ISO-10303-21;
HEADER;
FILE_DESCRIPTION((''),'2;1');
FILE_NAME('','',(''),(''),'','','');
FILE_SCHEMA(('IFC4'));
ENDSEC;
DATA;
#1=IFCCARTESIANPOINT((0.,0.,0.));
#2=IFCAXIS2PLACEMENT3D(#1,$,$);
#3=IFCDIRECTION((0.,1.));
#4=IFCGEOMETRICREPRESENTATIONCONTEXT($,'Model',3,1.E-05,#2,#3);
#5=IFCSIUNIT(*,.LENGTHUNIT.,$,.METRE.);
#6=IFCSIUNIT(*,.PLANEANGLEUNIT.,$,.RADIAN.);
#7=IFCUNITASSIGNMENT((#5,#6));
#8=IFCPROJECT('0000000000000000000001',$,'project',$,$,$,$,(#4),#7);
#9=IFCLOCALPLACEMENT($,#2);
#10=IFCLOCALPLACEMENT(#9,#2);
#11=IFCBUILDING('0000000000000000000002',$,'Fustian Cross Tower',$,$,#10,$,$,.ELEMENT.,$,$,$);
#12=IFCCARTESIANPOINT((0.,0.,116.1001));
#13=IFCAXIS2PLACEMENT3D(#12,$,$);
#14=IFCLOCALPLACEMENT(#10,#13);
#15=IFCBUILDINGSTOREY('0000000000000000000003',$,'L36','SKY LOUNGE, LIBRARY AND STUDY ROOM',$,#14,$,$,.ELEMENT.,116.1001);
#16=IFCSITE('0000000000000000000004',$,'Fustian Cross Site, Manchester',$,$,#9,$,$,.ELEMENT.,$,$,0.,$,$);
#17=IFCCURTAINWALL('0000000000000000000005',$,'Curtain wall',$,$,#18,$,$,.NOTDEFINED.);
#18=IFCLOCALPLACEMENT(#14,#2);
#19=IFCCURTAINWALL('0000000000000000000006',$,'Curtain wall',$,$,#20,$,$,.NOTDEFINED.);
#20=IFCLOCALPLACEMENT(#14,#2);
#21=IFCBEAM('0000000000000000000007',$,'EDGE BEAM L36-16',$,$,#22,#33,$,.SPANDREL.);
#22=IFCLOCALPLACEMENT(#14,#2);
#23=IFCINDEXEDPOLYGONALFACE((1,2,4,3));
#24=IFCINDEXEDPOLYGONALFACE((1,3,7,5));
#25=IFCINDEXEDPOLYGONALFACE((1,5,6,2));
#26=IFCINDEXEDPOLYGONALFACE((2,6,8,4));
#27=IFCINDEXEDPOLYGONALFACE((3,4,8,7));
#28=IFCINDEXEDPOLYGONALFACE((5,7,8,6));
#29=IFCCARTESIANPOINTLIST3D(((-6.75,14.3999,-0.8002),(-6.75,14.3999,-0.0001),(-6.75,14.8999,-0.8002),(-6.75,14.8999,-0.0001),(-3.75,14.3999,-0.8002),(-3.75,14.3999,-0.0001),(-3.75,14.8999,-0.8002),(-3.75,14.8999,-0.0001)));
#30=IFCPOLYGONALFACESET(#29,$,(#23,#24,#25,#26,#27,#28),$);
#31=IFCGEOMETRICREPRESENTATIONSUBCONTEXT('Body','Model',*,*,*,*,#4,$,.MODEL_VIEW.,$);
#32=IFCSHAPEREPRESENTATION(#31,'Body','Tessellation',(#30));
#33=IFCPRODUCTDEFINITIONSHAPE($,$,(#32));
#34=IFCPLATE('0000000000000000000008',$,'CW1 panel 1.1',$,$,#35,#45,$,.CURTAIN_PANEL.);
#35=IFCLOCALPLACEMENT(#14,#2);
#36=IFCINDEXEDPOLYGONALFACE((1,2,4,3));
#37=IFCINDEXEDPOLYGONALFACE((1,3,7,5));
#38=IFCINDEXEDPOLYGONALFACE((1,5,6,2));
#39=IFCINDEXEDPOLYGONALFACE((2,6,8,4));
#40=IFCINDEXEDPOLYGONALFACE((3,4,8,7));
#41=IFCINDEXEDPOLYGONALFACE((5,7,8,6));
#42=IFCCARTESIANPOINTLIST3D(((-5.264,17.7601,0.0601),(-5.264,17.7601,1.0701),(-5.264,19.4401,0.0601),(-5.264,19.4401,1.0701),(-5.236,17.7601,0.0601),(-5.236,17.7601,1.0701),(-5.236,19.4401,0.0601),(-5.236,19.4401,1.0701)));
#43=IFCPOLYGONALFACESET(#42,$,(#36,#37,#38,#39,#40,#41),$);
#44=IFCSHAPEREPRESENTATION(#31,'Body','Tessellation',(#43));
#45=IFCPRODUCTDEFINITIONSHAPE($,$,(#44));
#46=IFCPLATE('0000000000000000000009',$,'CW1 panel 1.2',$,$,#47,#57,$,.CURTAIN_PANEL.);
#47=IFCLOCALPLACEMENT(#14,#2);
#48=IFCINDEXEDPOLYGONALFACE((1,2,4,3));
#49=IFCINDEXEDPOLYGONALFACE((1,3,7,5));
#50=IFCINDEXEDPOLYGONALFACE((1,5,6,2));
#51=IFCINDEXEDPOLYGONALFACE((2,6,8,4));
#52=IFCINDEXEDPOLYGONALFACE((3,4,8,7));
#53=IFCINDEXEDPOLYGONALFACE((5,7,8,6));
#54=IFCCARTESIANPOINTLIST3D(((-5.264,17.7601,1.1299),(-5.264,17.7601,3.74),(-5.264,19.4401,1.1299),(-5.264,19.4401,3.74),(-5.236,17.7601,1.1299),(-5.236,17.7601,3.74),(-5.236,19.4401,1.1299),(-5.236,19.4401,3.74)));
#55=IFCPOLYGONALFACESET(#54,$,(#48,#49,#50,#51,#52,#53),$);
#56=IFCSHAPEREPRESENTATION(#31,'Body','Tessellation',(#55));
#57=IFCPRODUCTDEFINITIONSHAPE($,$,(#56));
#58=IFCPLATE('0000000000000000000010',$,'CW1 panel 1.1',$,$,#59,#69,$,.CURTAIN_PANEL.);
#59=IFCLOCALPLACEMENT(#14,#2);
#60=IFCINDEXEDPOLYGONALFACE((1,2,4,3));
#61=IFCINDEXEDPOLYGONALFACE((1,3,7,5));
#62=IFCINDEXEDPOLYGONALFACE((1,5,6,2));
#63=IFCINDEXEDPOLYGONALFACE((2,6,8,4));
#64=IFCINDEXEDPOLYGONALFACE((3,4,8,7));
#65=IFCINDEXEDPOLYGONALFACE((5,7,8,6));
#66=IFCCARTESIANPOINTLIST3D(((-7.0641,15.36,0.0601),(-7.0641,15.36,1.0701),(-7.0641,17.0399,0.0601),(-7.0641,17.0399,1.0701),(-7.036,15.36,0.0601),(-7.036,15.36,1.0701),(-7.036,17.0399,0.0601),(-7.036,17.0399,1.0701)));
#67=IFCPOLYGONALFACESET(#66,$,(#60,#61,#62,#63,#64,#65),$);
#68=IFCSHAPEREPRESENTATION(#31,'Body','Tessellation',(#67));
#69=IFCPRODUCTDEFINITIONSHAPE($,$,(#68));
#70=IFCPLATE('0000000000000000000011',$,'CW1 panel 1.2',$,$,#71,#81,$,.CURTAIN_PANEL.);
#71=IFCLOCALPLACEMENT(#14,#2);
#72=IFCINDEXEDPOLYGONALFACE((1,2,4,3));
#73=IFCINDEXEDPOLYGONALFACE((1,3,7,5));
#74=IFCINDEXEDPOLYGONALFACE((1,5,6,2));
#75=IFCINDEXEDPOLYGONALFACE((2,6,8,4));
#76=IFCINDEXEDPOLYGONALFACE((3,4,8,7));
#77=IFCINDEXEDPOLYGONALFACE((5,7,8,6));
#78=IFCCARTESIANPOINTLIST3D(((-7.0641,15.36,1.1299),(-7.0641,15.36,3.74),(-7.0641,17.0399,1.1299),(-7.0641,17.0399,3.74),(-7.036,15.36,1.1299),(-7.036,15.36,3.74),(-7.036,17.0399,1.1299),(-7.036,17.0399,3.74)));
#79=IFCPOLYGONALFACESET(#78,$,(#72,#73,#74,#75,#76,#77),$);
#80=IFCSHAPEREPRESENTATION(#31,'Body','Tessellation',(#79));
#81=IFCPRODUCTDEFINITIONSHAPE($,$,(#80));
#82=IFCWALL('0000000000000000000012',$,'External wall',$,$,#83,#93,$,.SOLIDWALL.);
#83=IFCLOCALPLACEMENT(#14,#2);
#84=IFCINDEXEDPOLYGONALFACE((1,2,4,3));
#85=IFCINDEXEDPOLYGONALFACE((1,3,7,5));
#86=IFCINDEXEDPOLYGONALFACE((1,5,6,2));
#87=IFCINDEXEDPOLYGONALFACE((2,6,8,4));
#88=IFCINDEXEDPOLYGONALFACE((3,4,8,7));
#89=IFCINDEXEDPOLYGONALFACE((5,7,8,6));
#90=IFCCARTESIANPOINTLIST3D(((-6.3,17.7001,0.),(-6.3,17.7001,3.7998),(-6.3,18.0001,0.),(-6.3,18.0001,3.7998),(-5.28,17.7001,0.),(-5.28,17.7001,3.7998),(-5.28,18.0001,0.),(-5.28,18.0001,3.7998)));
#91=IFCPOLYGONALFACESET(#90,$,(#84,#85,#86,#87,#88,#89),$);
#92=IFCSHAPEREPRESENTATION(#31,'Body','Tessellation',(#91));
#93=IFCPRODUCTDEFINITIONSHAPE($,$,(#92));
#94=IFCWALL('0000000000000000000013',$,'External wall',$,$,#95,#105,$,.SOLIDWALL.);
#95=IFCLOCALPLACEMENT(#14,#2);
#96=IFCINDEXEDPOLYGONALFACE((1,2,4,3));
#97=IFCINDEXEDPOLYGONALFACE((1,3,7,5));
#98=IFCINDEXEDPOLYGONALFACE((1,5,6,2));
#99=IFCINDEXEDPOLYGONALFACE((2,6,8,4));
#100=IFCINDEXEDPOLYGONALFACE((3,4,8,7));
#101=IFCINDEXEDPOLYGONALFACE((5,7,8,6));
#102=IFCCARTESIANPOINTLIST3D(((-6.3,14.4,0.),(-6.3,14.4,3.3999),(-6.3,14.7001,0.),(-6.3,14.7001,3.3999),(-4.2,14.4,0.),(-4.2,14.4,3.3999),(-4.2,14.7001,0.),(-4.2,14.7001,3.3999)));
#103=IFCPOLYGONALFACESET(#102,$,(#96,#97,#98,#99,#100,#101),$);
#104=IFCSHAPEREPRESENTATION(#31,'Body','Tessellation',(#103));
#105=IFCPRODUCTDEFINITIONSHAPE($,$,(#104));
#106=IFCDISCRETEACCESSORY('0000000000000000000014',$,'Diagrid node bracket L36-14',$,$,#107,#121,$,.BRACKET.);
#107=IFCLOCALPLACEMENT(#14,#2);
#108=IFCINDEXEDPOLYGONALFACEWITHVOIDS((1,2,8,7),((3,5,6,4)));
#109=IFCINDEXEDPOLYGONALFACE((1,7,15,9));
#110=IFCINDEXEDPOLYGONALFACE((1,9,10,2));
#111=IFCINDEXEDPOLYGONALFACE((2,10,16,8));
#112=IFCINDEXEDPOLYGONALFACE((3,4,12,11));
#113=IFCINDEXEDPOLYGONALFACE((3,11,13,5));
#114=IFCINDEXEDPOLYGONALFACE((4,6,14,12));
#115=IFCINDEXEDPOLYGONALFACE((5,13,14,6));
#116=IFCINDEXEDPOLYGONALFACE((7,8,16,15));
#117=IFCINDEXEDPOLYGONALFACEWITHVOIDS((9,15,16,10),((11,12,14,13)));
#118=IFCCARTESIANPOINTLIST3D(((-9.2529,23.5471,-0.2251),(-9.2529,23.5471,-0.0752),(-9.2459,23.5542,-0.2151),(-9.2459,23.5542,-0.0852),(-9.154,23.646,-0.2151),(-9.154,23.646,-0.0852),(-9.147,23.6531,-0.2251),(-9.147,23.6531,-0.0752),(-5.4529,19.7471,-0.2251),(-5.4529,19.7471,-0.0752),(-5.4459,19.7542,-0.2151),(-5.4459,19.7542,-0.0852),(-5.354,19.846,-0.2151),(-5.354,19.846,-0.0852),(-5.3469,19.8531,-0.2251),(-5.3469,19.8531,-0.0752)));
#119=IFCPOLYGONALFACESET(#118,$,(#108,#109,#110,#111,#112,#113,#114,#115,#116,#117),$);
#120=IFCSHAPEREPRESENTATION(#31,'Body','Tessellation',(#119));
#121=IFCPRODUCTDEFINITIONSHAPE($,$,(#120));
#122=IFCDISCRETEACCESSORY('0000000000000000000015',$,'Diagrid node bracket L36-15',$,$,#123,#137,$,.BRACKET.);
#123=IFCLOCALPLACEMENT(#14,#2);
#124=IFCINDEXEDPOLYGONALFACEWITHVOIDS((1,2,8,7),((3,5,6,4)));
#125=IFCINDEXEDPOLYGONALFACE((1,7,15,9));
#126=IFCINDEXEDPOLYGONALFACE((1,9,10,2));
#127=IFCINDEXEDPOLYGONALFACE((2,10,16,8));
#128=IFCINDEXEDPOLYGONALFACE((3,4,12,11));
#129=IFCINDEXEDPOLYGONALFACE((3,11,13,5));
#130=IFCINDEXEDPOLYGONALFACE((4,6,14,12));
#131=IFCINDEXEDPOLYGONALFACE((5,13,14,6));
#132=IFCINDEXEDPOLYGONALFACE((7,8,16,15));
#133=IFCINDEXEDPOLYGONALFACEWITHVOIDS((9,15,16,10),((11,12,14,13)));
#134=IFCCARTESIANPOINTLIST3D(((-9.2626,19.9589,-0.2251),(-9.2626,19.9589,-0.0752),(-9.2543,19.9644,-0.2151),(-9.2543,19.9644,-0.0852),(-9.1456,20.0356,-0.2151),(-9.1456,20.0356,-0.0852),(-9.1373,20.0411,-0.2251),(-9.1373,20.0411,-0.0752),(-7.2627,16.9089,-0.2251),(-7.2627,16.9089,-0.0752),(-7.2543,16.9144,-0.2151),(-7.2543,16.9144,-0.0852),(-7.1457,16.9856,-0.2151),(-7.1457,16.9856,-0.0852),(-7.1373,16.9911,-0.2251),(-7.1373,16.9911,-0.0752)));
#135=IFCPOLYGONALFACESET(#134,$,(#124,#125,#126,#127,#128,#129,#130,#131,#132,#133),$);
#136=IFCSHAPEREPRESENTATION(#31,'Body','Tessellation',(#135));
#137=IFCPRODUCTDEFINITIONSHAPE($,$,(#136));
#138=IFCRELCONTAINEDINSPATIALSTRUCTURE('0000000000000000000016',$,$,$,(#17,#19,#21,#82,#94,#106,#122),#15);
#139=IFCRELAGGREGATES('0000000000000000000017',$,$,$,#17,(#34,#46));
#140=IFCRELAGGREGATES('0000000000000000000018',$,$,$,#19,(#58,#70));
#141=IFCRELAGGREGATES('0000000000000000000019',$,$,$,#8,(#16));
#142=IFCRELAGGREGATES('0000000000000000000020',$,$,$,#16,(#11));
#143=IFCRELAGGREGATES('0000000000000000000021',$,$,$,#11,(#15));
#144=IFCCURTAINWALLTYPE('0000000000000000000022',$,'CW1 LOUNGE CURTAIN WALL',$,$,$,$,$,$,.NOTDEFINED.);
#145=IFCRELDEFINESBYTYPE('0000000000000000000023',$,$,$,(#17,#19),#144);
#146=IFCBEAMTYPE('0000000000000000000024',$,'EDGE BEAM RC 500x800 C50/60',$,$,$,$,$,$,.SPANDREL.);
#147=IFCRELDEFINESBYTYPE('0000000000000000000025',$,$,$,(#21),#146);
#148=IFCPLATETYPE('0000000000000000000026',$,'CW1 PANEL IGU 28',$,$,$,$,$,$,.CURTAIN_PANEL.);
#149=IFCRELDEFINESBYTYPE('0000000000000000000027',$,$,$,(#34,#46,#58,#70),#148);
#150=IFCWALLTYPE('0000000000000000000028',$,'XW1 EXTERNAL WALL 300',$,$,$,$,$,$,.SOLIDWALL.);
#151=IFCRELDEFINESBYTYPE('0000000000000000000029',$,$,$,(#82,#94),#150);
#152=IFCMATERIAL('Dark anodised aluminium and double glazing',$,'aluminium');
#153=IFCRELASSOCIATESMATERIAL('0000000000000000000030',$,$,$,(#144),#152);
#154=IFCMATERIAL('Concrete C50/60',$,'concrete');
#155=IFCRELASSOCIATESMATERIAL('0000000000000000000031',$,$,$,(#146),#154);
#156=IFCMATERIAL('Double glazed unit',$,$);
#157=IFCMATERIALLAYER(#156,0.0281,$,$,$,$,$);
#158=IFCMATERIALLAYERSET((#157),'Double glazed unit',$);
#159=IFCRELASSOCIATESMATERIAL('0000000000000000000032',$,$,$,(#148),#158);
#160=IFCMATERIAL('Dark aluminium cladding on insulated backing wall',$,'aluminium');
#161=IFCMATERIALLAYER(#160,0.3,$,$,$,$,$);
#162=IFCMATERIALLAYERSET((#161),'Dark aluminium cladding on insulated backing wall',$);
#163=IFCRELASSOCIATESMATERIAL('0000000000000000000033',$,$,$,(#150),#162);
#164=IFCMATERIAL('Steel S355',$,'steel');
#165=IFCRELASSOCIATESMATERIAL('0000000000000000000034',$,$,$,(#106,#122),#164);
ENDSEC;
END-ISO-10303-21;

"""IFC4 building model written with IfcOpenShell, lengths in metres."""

from ifc_helpers import new_model, si_unit, direction, frame, frame_2d, origin, origin_2d, place, context, subcontext, project, spatial, rectangle, hollow_rectangle, extrude, material, layer, layer_set, material_profile, profile_set, type_object, element, aggregate, save


model = new_model("IFC4")

# Units and contexts
model_context = context("Model", 3, precision=1e-05, world=origin(), true_north=direction((0.0, 1.0)))
body_context = subcontext(model_context, "Body", "Model", "MODEL_VIEW")
ifc_project = project(units=[si_unit("LENGTHUNIT", "METRE"), si_unit("PLANEANGLEUNIT", "RADIAN")], contexts=[model_context])

# Site, building, storey
site_placement = place(None, origin())
site = spatial("IfcSite", under=ifc_project, at=site_placement, Name="Fustian Cross Site, Manchester", CompositionType="ELEMENT", RefElevation=0.0)
building_placement = place(site_placement, origin())
building = spatial("IfcBuilding", under=site, at=building_placement, Name="Fustian Cross Tower", CompositionType="ELEMENT")
storey_placement = place(building_placement, frame((0.0, 0.0, 116.1001)))
storey = spatial("IfcBuildingStorey", under=building, at=storey_placement, Name="L36", Description="SKY LOUNGE, LIBRARY AND STUDY ROOM", CompositionType="ELEMENT", Elevation=116.1001)

# Curtain wall
ifc_material_1 = material(Name="Dark anodised aluminium and double glazing", Category="aluminium")
curtain_wall_type = type_object("IfcCurtainWallType", Name="CW1 LOUNGE CURTAIN WALL", PredefinedType="NOTDEFINED", material=ifc_material_1)
curtain_wall_1_placement = place(storey_placement, origin())
curtain_wall_1 = element("IfcCurtainWall", 1, at=curtain_wall_1_placement, inside=storey, type_object=curtain_wall_type, Name="Curtain wall", PredefinedType="NOTDEFINED")

# Curtain wall
curtain_wall_2_placement = place(storey_placement, origin())
curtain_wall_2 = element("IfcCurtainWall", 2, at=curtain_wall_2_placement, inside=storey, type_object=curtain_wall_type, Name="Curtain wall", PredefinedType="NOTDEFINED")

# Beam
ifc_material_2 = material(Name="Concrete C50/60", Category="concrete")
ifc_material_profile_1 = material_profile(ifc_material_2, rectangle(XDim=0.5, YDim=0.8, at=origin_2d()), Name="RC 500x800")
ifc_profile_set_1 = profile_set([ifc_material_profile_1], Name="Concrete C50/60")
beam_type = type_object("IfcBeamType", Name="EDGE BEAM RC 500x800 C50/60", PredefinedType="SPANDREL", material=ifc_profile_set_1)
beam_1_placement = place(storey_placement, frame((-6.75, 14.6499, -0.4001), z_axis=(1.0, 0.0, 0.0), x_axis=(0.0, 1.0, 0.0)))
element("IfcBeam", 3, at=beam_1_placement, inside=storey, type_object=beam_type, Name="EDGE BEAM L36-16", PredefinedType="SPANDREL", context=body_context, shape_type="SweptSolid", body=[
    extrude(rectangle(XDim=0.5, YDim=0.8, at=origin_2d()), origin(), (0.0, 0.0, 1.0), 3.0),
])

# Plates
ifc_material_3 = material(Name="Double glazed unit")
ifc_layer_1 = layer(ifc_material_3, 0.0281)
ifc_layer_set_1 = layer_set([ifc_layer_1], Name="Double glazed unit")
plate_type = type_object("IfcPlateType", Name="CW1 PANEL IGU 28", PredefinedType="CURTAIN_PANEL", material=ifc_layer_set_1)
plate_1_placement = place(storey_placement, frame((-5.25, 18.6001, 0.0601), z_axis=(0.0, 0.0, 1.0), x_axis=(0.0, -1.0, 0.0)))
plate_1 = element("IfcPlate", 4, at=plate_1_placement, type_object=plate_type, Name="CW1 panel 1.1", PredefinedType="CURTAIN_PANEL", context=body_context, shape_type="SweptSolid", body=[
    extrude(rectangle(XDim=1.6799, YDim=0.0281, at=origin_2d()), origin(), (0.0, 0.0, 1.0), 1.01),
])
plate_2_placement = place(storey_placement, frame((-5.25, 18.6001, 1.1299), z_axis=(0.0, 0.0, 1.0), x_axis=(0.0, -1.0, 0.0)))
plate_2 = element("IfcPlate", 5, at=plate_2_placement, type_object=plate_type, Name="CW1 panel 1.2", PredefinedType="CURTAIN_PANEL", context=body_context, shape_type="SweptSolid", body=[
    extrude(rectangle(XDim=1.6799, YDim=0.0281, at=origin_2d()), origin(), (0.0, 0.0, 1.0), 2.6101),
])
aggregate(curtain_wall_1, [plate_1, plate_2])
plate_3_placement = place(storey_placement, frame((-7.05, 16.2, 0.0601), z_axis=(0.0, 0.0, 1.0), x_axis=(0.0, -1.0, 0.0)))
plate_3 = element("IfcPlate", 6, at=plate_3_placement, type_object=plate_type, Name="CW1 panel 1.1", PredefinedType="CURTAIN_PANEL", context=body_context, shape_type="SweptSolid", body=[
    extrude(rectangle(XDim=1.6799, YDim=0.0281, at=origin_2d()), origin(), (0.0, 0.0, 1.0), 1.01),
])
plate_4_placement = place(storey_placement, frame((-7.05, 16.2, 1.1299), z_axis=(0.0, 0.0, 1.0), x_axis=(0.0, -1.0, 0.0)))
plate_4 = element("IfcPlate", 7, at=plate_4_placement, type_object=plate_type, Name="CW1 panel 1.2", PredefinedType="CURTAIN_PANEL", context=body_context, shape_type="SweptSolid", body=[
    extrude(rectangle(XDim=1.6799, YDim=0.0281, at=origin_2d()), origin(), (0.0, 0.0, 1.0), 2.6101),
])
aggregate(curtain_wall_2, [plate_3, plate_4])

# Walls
ifc_material_4 = material(Name="Dark aluminium cladding on insulated backing wall", Category="aluminium")
ifc_layer_2 = layer(ifc_material_4, 0.3)
ifc_layer_set_2 = layer_set([ifc_layer_2], Name="Dark aluminium cladding on insulated backing wall")
wall_type = type_object("IfcWallType", Name="XW1 EXTERNAL WALL 300", PredefinedType="SOLIDWALL", material=ifc_layer_set_2)
wall_1_placement = place(storey_placement, frame((-5.28, 17.8501, 0.0), z_axis=(0.0, 0.0, 1.0), x_axis=(-1.0, 0.0, 0.0)))
element("IfcWall", 8, at=wall_1_placement, inside=storey, type_object=wall_type, Name="External wall", PredefinedType="SOLIDWALL", context=body_context, shape_type="SweptSolid", body=[
    extrude(rectangle(XDim=1.02, YDim=0.3, at=frame_2d((0.51, 0.0))), origin(), (0.0, 0.0, 1.0), 3.7998),
])
wall_2_placement = place(storey_placement, frame((-6.3, 14.55, 0.0), z_axis=(0.0, 0.0, 1.0), x_axis=(1.0, 0.0, 0.0)))
element("IfcWall", 9, at=wall_2_placement, inside=storey, type_object=wall_type, Name="External wall", PredefinedType="SOLIDWALL", context=body_context, shape_type="SweptSolid", body=[
    extrude(rectangle(XDim=2.1001, YDim=0.3, at=frame_2d((1.05, 0.0))), origin(), (0.0, 0.0, 1.0), 3.3999),
])

# Discrete accessories
ifc_material_5 = material(Name="Steel S355", Category="steel")
discrete_accessory_1_placement = place(storey_placement, frame((-9.2, 23.6001, -0.1501), z_axis=(0.707107, -0.707107, 0.0), x_axis=(0.707107, 0.707107, 0.0)))
element("IfcDiscreteAccessory", 10, at=discrete_accessory_1_placement, inside=storey, material=ifc_material_5, Name="Diagrid node bracket L36-14", PredefinedType="BRACKET", context=body_context, shape_type="SweptSolid", body=[
    extrude(hollow_rectangle(XDim=0.1499, YDim=0.1499, WallThickness=0.01, at=origin_2d()), origin(), (0.0, 0.0, 1.0), 5.374),
])
discrete_accessory_2_placement = place(storey_placement, frame((-9.2, 20.0, -0.1501), z_axis=(0.548351, -0.836248, 0.0), x_axis=(0.836248, 0.548351, 0.0)))
element("IfcDiscreteAccessory", 11, at=discrete_accessory_2_placement, inside=storey, material=ifc_material_5, Name="Diagrid node bracket L36-15", PredefinedType="BRACKET", context=body_context, shape_type="SweptSolid", body=[
    extrude(hollow_rectangle(XDim=0.1499, YDim=0.1499, WallThickness=0.01, at=origin_2d()), origin(), (0.0, 0.0, 1.0), 3.6472),
])

save(model, "model.ifc")
